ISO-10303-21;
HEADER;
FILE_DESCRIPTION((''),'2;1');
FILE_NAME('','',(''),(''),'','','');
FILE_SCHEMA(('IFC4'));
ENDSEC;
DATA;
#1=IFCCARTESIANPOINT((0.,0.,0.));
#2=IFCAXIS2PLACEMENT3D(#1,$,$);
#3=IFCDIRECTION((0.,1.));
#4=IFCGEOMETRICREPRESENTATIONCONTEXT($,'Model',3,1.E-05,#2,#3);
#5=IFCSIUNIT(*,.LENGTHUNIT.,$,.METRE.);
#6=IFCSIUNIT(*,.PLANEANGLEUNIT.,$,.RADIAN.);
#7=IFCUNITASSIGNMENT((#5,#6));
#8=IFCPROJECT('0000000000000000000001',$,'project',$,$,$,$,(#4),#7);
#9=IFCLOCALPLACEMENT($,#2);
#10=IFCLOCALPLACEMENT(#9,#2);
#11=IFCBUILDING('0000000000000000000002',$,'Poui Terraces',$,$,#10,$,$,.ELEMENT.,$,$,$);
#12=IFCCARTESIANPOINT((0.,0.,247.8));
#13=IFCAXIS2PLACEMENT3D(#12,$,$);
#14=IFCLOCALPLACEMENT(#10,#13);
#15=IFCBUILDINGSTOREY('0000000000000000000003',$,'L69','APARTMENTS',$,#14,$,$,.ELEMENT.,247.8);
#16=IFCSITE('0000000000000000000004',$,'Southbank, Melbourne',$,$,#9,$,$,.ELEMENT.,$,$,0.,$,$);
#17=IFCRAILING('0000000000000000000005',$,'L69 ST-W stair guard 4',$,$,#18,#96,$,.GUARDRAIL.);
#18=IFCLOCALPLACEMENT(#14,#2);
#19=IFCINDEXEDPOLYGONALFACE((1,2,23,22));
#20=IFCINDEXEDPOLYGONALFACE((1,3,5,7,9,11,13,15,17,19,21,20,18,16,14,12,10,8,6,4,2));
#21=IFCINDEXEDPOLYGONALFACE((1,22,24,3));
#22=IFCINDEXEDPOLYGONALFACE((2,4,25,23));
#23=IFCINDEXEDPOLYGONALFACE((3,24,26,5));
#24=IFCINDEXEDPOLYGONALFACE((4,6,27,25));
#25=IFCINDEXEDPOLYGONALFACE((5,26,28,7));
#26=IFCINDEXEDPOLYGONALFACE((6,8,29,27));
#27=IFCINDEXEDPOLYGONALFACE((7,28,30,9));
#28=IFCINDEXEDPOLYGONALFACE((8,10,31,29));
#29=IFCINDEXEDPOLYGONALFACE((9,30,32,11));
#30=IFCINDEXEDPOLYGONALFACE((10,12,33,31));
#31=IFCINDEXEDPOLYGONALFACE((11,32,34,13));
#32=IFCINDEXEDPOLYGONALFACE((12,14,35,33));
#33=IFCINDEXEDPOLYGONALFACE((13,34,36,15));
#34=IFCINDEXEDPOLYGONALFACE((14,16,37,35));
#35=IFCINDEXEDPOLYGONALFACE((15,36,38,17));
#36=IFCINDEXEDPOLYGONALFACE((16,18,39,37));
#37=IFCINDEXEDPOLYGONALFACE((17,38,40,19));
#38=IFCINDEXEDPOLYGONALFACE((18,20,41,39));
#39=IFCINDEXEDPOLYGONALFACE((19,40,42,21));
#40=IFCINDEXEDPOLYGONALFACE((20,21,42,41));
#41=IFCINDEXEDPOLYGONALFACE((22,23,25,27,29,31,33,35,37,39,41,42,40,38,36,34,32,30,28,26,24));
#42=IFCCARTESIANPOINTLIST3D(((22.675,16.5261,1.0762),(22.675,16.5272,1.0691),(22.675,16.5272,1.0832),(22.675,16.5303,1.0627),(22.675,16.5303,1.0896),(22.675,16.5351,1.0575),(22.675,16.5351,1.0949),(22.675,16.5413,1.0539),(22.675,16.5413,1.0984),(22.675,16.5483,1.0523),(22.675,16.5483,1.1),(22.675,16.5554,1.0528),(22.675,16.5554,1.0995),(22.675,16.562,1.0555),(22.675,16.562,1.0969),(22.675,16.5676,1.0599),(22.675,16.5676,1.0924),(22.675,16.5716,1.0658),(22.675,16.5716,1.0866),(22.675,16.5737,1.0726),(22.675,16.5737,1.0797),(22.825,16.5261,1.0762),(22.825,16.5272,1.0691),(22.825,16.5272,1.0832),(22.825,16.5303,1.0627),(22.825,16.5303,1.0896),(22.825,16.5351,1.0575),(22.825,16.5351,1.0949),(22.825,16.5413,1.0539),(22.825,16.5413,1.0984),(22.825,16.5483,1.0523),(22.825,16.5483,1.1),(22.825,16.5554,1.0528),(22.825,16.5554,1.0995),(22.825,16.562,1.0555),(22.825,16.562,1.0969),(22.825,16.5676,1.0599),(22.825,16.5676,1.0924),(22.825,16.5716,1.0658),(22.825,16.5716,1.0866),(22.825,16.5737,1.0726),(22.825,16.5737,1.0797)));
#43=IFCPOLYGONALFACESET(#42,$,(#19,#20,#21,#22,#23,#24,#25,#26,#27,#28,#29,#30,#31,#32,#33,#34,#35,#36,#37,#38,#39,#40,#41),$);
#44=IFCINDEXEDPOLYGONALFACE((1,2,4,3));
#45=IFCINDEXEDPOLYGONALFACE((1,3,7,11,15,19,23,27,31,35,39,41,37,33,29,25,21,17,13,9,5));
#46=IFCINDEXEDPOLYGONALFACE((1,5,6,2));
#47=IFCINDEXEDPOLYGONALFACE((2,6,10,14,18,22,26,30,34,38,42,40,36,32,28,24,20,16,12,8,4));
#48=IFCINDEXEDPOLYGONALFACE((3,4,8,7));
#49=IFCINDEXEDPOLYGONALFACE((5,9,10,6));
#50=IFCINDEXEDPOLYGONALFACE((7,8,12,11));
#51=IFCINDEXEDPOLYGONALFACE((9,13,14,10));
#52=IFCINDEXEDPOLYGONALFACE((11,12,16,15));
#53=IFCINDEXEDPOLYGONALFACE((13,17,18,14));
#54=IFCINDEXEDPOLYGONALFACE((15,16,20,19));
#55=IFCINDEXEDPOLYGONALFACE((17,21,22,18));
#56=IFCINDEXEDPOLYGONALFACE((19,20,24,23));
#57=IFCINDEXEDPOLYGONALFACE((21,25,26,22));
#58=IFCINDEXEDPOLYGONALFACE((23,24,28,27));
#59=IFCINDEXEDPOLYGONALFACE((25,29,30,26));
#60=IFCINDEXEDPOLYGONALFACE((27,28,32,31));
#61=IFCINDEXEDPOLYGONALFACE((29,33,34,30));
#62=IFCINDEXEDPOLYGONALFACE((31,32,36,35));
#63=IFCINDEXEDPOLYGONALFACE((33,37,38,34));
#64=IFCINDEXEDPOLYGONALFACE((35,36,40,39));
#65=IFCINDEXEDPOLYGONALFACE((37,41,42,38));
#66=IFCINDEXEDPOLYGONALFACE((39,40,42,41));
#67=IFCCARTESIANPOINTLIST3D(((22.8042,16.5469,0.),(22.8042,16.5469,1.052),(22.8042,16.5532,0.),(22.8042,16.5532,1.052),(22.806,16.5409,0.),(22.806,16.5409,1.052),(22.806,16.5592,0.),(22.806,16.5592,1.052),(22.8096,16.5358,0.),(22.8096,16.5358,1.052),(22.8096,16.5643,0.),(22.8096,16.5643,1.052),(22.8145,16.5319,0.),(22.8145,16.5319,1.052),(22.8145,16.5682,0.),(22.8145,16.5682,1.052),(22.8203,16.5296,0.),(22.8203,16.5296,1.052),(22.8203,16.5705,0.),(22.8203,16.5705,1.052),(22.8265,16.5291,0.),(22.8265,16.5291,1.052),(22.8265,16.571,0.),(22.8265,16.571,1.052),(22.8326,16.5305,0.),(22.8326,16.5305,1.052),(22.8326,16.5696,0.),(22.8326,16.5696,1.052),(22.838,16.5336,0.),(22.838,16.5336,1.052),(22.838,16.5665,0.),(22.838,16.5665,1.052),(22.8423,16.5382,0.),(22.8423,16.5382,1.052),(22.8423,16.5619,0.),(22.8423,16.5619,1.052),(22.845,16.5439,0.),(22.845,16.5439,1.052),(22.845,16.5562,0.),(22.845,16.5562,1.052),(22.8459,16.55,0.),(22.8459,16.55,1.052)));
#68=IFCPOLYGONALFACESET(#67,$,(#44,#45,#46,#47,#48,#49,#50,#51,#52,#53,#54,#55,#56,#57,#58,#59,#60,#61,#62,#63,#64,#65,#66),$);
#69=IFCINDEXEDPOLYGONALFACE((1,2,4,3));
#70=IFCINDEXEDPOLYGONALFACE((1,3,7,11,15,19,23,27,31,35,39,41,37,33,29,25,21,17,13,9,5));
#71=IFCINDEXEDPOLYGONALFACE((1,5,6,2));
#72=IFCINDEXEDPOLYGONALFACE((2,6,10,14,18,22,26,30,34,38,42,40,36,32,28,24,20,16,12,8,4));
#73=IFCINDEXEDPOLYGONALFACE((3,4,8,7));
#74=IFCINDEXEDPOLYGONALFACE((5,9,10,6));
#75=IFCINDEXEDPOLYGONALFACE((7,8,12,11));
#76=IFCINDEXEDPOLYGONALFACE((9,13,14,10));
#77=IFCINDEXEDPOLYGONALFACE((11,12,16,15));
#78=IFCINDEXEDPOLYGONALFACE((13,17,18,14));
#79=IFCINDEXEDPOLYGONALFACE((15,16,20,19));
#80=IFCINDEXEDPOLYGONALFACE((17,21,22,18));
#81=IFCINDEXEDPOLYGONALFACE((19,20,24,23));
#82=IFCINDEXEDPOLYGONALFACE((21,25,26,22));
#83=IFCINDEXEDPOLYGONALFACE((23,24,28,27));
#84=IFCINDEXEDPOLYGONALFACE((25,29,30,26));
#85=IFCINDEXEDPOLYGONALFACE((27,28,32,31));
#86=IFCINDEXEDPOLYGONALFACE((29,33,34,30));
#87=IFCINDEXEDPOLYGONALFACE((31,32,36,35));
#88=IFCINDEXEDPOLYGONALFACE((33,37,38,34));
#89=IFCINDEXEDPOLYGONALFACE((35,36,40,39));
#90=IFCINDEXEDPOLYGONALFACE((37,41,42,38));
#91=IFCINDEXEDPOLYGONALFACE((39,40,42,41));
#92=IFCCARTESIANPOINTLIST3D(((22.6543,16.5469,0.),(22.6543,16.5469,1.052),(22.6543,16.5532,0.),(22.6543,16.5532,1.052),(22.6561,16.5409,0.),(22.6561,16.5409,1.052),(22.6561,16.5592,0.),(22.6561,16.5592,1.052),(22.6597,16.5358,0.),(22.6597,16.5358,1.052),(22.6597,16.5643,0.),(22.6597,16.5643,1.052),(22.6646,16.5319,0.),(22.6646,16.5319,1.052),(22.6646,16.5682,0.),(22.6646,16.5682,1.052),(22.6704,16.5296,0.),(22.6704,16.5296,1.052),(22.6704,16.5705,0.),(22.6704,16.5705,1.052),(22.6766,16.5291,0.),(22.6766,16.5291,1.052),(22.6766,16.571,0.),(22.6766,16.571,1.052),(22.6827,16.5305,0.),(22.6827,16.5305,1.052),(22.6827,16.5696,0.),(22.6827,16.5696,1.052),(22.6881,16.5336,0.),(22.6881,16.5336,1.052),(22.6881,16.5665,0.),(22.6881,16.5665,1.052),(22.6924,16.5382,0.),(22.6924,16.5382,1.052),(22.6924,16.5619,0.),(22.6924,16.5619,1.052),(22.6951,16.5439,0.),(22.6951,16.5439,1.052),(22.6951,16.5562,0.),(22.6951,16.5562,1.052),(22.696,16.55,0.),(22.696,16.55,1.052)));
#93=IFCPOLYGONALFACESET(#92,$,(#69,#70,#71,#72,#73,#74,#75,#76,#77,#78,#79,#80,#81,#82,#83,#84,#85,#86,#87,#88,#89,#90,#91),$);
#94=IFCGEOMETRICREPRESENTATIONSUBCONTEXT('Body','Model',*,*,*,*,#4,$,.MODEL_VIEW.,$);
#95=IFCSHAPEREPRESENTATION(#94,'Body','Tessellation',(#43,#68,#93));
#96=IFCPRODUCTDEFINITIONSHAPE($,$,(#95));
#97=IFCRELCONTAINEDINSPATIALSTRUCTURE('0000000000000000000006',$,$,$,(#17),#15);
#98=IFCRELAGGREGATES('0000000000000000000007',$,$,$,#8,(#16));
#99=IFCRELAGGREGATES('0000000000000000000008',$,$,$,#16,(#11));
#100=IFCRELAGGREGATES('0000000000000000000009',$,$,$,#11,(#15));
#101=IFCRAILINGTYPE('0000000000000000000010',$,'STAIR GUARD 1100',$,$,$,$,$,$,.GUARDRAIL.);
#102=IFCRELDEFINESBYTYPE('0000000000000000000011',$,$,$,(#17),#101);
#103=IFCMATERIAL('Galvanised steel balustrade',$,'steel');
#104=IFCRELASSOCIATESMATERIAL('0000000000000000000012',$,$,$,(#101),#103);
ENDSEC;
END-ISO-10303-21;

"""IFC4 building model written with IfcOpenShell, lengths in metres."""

from ifc_helpers import new_model, si_unit, direction, frame, origin, origin_2d, place, context, subcontext, project, spatial, circle, extrude, material, type_object, element, save


model = new_model("IFC4")

# Units and contexts
model_context = context("Model", 3, precision=1e-05, world=origin(), true_north=direction((0.0, 1.0)))
body_context = subcontext(model_context, "Body", "Model", "MODEL_VIEW")
ifc_project = project(units=[si_unit("LENGTHUNIT", "METRE"), si_unit("PLANEANGLEUNIT", "RADIAN")], contexts=[model_context])

# Site, building, storey
site_placement = place(None, origin())
site = spatial("IfcSite", under=ifc_project, at=site_placement, Name="Southbank, Melbourne", CompositionType="ELEMENT", RefElevation=0.0)
building_placement = place(site_placement, origin())
building = spatial("IfcBuilding", under=site, at=building_placement, Name="Poui Terraces", CompositionType="ELEMENT")
storey_placement = place(building_placement, frame((0.0, 0.0, 247.8)))
storey = spatial("IfcBuildingStorey", under=building, at=storey_placement, Name="L69", Description="APARTMENTS", CompositionType="ELEMENT", Elevation=247.8)

# Railing
ifc_material_1 = material(Name="Galvanised steel balustrade", Category="steel")
railing_type = type_object("IfcRailingType", Name="STAIR GUARD 1100", PredefinedType="GUARDRAIL", material=ifc_material_1)
railing_placement = place(storey_placement, frame((22.825, 16.55, 0.0)))
element("IfcRailing", 1, at=railing_placement, inside=storey, type_object=railing_type, Name="L69 ST-W stair guard 4", PredefinedType="GUARDRAIL", context=body_context, shape_type="SweptSolid", body=[
    extrude(circle(Radius=0.0239, at=origin_2d()), frame((0.0, 0.0, 1.0762), z_axis=(-1.0, 0.0, 0.0), x_axis=(0.0, -1.0, 0.0)), (0.0, 0.0, 1.0), 0.1499),
    extrude(circle(Radius=0.021, at=origin_2d()), origin(), (0.0, 0.0, 1.0), 1.052),
    extrude(circle(Radius=0.021, at=origin_2d()), frame((-0.1499, 0.0, 0.0)), (0.0, 0.0, 1.0), 1.052),
])

save(model, "model.ifc")
